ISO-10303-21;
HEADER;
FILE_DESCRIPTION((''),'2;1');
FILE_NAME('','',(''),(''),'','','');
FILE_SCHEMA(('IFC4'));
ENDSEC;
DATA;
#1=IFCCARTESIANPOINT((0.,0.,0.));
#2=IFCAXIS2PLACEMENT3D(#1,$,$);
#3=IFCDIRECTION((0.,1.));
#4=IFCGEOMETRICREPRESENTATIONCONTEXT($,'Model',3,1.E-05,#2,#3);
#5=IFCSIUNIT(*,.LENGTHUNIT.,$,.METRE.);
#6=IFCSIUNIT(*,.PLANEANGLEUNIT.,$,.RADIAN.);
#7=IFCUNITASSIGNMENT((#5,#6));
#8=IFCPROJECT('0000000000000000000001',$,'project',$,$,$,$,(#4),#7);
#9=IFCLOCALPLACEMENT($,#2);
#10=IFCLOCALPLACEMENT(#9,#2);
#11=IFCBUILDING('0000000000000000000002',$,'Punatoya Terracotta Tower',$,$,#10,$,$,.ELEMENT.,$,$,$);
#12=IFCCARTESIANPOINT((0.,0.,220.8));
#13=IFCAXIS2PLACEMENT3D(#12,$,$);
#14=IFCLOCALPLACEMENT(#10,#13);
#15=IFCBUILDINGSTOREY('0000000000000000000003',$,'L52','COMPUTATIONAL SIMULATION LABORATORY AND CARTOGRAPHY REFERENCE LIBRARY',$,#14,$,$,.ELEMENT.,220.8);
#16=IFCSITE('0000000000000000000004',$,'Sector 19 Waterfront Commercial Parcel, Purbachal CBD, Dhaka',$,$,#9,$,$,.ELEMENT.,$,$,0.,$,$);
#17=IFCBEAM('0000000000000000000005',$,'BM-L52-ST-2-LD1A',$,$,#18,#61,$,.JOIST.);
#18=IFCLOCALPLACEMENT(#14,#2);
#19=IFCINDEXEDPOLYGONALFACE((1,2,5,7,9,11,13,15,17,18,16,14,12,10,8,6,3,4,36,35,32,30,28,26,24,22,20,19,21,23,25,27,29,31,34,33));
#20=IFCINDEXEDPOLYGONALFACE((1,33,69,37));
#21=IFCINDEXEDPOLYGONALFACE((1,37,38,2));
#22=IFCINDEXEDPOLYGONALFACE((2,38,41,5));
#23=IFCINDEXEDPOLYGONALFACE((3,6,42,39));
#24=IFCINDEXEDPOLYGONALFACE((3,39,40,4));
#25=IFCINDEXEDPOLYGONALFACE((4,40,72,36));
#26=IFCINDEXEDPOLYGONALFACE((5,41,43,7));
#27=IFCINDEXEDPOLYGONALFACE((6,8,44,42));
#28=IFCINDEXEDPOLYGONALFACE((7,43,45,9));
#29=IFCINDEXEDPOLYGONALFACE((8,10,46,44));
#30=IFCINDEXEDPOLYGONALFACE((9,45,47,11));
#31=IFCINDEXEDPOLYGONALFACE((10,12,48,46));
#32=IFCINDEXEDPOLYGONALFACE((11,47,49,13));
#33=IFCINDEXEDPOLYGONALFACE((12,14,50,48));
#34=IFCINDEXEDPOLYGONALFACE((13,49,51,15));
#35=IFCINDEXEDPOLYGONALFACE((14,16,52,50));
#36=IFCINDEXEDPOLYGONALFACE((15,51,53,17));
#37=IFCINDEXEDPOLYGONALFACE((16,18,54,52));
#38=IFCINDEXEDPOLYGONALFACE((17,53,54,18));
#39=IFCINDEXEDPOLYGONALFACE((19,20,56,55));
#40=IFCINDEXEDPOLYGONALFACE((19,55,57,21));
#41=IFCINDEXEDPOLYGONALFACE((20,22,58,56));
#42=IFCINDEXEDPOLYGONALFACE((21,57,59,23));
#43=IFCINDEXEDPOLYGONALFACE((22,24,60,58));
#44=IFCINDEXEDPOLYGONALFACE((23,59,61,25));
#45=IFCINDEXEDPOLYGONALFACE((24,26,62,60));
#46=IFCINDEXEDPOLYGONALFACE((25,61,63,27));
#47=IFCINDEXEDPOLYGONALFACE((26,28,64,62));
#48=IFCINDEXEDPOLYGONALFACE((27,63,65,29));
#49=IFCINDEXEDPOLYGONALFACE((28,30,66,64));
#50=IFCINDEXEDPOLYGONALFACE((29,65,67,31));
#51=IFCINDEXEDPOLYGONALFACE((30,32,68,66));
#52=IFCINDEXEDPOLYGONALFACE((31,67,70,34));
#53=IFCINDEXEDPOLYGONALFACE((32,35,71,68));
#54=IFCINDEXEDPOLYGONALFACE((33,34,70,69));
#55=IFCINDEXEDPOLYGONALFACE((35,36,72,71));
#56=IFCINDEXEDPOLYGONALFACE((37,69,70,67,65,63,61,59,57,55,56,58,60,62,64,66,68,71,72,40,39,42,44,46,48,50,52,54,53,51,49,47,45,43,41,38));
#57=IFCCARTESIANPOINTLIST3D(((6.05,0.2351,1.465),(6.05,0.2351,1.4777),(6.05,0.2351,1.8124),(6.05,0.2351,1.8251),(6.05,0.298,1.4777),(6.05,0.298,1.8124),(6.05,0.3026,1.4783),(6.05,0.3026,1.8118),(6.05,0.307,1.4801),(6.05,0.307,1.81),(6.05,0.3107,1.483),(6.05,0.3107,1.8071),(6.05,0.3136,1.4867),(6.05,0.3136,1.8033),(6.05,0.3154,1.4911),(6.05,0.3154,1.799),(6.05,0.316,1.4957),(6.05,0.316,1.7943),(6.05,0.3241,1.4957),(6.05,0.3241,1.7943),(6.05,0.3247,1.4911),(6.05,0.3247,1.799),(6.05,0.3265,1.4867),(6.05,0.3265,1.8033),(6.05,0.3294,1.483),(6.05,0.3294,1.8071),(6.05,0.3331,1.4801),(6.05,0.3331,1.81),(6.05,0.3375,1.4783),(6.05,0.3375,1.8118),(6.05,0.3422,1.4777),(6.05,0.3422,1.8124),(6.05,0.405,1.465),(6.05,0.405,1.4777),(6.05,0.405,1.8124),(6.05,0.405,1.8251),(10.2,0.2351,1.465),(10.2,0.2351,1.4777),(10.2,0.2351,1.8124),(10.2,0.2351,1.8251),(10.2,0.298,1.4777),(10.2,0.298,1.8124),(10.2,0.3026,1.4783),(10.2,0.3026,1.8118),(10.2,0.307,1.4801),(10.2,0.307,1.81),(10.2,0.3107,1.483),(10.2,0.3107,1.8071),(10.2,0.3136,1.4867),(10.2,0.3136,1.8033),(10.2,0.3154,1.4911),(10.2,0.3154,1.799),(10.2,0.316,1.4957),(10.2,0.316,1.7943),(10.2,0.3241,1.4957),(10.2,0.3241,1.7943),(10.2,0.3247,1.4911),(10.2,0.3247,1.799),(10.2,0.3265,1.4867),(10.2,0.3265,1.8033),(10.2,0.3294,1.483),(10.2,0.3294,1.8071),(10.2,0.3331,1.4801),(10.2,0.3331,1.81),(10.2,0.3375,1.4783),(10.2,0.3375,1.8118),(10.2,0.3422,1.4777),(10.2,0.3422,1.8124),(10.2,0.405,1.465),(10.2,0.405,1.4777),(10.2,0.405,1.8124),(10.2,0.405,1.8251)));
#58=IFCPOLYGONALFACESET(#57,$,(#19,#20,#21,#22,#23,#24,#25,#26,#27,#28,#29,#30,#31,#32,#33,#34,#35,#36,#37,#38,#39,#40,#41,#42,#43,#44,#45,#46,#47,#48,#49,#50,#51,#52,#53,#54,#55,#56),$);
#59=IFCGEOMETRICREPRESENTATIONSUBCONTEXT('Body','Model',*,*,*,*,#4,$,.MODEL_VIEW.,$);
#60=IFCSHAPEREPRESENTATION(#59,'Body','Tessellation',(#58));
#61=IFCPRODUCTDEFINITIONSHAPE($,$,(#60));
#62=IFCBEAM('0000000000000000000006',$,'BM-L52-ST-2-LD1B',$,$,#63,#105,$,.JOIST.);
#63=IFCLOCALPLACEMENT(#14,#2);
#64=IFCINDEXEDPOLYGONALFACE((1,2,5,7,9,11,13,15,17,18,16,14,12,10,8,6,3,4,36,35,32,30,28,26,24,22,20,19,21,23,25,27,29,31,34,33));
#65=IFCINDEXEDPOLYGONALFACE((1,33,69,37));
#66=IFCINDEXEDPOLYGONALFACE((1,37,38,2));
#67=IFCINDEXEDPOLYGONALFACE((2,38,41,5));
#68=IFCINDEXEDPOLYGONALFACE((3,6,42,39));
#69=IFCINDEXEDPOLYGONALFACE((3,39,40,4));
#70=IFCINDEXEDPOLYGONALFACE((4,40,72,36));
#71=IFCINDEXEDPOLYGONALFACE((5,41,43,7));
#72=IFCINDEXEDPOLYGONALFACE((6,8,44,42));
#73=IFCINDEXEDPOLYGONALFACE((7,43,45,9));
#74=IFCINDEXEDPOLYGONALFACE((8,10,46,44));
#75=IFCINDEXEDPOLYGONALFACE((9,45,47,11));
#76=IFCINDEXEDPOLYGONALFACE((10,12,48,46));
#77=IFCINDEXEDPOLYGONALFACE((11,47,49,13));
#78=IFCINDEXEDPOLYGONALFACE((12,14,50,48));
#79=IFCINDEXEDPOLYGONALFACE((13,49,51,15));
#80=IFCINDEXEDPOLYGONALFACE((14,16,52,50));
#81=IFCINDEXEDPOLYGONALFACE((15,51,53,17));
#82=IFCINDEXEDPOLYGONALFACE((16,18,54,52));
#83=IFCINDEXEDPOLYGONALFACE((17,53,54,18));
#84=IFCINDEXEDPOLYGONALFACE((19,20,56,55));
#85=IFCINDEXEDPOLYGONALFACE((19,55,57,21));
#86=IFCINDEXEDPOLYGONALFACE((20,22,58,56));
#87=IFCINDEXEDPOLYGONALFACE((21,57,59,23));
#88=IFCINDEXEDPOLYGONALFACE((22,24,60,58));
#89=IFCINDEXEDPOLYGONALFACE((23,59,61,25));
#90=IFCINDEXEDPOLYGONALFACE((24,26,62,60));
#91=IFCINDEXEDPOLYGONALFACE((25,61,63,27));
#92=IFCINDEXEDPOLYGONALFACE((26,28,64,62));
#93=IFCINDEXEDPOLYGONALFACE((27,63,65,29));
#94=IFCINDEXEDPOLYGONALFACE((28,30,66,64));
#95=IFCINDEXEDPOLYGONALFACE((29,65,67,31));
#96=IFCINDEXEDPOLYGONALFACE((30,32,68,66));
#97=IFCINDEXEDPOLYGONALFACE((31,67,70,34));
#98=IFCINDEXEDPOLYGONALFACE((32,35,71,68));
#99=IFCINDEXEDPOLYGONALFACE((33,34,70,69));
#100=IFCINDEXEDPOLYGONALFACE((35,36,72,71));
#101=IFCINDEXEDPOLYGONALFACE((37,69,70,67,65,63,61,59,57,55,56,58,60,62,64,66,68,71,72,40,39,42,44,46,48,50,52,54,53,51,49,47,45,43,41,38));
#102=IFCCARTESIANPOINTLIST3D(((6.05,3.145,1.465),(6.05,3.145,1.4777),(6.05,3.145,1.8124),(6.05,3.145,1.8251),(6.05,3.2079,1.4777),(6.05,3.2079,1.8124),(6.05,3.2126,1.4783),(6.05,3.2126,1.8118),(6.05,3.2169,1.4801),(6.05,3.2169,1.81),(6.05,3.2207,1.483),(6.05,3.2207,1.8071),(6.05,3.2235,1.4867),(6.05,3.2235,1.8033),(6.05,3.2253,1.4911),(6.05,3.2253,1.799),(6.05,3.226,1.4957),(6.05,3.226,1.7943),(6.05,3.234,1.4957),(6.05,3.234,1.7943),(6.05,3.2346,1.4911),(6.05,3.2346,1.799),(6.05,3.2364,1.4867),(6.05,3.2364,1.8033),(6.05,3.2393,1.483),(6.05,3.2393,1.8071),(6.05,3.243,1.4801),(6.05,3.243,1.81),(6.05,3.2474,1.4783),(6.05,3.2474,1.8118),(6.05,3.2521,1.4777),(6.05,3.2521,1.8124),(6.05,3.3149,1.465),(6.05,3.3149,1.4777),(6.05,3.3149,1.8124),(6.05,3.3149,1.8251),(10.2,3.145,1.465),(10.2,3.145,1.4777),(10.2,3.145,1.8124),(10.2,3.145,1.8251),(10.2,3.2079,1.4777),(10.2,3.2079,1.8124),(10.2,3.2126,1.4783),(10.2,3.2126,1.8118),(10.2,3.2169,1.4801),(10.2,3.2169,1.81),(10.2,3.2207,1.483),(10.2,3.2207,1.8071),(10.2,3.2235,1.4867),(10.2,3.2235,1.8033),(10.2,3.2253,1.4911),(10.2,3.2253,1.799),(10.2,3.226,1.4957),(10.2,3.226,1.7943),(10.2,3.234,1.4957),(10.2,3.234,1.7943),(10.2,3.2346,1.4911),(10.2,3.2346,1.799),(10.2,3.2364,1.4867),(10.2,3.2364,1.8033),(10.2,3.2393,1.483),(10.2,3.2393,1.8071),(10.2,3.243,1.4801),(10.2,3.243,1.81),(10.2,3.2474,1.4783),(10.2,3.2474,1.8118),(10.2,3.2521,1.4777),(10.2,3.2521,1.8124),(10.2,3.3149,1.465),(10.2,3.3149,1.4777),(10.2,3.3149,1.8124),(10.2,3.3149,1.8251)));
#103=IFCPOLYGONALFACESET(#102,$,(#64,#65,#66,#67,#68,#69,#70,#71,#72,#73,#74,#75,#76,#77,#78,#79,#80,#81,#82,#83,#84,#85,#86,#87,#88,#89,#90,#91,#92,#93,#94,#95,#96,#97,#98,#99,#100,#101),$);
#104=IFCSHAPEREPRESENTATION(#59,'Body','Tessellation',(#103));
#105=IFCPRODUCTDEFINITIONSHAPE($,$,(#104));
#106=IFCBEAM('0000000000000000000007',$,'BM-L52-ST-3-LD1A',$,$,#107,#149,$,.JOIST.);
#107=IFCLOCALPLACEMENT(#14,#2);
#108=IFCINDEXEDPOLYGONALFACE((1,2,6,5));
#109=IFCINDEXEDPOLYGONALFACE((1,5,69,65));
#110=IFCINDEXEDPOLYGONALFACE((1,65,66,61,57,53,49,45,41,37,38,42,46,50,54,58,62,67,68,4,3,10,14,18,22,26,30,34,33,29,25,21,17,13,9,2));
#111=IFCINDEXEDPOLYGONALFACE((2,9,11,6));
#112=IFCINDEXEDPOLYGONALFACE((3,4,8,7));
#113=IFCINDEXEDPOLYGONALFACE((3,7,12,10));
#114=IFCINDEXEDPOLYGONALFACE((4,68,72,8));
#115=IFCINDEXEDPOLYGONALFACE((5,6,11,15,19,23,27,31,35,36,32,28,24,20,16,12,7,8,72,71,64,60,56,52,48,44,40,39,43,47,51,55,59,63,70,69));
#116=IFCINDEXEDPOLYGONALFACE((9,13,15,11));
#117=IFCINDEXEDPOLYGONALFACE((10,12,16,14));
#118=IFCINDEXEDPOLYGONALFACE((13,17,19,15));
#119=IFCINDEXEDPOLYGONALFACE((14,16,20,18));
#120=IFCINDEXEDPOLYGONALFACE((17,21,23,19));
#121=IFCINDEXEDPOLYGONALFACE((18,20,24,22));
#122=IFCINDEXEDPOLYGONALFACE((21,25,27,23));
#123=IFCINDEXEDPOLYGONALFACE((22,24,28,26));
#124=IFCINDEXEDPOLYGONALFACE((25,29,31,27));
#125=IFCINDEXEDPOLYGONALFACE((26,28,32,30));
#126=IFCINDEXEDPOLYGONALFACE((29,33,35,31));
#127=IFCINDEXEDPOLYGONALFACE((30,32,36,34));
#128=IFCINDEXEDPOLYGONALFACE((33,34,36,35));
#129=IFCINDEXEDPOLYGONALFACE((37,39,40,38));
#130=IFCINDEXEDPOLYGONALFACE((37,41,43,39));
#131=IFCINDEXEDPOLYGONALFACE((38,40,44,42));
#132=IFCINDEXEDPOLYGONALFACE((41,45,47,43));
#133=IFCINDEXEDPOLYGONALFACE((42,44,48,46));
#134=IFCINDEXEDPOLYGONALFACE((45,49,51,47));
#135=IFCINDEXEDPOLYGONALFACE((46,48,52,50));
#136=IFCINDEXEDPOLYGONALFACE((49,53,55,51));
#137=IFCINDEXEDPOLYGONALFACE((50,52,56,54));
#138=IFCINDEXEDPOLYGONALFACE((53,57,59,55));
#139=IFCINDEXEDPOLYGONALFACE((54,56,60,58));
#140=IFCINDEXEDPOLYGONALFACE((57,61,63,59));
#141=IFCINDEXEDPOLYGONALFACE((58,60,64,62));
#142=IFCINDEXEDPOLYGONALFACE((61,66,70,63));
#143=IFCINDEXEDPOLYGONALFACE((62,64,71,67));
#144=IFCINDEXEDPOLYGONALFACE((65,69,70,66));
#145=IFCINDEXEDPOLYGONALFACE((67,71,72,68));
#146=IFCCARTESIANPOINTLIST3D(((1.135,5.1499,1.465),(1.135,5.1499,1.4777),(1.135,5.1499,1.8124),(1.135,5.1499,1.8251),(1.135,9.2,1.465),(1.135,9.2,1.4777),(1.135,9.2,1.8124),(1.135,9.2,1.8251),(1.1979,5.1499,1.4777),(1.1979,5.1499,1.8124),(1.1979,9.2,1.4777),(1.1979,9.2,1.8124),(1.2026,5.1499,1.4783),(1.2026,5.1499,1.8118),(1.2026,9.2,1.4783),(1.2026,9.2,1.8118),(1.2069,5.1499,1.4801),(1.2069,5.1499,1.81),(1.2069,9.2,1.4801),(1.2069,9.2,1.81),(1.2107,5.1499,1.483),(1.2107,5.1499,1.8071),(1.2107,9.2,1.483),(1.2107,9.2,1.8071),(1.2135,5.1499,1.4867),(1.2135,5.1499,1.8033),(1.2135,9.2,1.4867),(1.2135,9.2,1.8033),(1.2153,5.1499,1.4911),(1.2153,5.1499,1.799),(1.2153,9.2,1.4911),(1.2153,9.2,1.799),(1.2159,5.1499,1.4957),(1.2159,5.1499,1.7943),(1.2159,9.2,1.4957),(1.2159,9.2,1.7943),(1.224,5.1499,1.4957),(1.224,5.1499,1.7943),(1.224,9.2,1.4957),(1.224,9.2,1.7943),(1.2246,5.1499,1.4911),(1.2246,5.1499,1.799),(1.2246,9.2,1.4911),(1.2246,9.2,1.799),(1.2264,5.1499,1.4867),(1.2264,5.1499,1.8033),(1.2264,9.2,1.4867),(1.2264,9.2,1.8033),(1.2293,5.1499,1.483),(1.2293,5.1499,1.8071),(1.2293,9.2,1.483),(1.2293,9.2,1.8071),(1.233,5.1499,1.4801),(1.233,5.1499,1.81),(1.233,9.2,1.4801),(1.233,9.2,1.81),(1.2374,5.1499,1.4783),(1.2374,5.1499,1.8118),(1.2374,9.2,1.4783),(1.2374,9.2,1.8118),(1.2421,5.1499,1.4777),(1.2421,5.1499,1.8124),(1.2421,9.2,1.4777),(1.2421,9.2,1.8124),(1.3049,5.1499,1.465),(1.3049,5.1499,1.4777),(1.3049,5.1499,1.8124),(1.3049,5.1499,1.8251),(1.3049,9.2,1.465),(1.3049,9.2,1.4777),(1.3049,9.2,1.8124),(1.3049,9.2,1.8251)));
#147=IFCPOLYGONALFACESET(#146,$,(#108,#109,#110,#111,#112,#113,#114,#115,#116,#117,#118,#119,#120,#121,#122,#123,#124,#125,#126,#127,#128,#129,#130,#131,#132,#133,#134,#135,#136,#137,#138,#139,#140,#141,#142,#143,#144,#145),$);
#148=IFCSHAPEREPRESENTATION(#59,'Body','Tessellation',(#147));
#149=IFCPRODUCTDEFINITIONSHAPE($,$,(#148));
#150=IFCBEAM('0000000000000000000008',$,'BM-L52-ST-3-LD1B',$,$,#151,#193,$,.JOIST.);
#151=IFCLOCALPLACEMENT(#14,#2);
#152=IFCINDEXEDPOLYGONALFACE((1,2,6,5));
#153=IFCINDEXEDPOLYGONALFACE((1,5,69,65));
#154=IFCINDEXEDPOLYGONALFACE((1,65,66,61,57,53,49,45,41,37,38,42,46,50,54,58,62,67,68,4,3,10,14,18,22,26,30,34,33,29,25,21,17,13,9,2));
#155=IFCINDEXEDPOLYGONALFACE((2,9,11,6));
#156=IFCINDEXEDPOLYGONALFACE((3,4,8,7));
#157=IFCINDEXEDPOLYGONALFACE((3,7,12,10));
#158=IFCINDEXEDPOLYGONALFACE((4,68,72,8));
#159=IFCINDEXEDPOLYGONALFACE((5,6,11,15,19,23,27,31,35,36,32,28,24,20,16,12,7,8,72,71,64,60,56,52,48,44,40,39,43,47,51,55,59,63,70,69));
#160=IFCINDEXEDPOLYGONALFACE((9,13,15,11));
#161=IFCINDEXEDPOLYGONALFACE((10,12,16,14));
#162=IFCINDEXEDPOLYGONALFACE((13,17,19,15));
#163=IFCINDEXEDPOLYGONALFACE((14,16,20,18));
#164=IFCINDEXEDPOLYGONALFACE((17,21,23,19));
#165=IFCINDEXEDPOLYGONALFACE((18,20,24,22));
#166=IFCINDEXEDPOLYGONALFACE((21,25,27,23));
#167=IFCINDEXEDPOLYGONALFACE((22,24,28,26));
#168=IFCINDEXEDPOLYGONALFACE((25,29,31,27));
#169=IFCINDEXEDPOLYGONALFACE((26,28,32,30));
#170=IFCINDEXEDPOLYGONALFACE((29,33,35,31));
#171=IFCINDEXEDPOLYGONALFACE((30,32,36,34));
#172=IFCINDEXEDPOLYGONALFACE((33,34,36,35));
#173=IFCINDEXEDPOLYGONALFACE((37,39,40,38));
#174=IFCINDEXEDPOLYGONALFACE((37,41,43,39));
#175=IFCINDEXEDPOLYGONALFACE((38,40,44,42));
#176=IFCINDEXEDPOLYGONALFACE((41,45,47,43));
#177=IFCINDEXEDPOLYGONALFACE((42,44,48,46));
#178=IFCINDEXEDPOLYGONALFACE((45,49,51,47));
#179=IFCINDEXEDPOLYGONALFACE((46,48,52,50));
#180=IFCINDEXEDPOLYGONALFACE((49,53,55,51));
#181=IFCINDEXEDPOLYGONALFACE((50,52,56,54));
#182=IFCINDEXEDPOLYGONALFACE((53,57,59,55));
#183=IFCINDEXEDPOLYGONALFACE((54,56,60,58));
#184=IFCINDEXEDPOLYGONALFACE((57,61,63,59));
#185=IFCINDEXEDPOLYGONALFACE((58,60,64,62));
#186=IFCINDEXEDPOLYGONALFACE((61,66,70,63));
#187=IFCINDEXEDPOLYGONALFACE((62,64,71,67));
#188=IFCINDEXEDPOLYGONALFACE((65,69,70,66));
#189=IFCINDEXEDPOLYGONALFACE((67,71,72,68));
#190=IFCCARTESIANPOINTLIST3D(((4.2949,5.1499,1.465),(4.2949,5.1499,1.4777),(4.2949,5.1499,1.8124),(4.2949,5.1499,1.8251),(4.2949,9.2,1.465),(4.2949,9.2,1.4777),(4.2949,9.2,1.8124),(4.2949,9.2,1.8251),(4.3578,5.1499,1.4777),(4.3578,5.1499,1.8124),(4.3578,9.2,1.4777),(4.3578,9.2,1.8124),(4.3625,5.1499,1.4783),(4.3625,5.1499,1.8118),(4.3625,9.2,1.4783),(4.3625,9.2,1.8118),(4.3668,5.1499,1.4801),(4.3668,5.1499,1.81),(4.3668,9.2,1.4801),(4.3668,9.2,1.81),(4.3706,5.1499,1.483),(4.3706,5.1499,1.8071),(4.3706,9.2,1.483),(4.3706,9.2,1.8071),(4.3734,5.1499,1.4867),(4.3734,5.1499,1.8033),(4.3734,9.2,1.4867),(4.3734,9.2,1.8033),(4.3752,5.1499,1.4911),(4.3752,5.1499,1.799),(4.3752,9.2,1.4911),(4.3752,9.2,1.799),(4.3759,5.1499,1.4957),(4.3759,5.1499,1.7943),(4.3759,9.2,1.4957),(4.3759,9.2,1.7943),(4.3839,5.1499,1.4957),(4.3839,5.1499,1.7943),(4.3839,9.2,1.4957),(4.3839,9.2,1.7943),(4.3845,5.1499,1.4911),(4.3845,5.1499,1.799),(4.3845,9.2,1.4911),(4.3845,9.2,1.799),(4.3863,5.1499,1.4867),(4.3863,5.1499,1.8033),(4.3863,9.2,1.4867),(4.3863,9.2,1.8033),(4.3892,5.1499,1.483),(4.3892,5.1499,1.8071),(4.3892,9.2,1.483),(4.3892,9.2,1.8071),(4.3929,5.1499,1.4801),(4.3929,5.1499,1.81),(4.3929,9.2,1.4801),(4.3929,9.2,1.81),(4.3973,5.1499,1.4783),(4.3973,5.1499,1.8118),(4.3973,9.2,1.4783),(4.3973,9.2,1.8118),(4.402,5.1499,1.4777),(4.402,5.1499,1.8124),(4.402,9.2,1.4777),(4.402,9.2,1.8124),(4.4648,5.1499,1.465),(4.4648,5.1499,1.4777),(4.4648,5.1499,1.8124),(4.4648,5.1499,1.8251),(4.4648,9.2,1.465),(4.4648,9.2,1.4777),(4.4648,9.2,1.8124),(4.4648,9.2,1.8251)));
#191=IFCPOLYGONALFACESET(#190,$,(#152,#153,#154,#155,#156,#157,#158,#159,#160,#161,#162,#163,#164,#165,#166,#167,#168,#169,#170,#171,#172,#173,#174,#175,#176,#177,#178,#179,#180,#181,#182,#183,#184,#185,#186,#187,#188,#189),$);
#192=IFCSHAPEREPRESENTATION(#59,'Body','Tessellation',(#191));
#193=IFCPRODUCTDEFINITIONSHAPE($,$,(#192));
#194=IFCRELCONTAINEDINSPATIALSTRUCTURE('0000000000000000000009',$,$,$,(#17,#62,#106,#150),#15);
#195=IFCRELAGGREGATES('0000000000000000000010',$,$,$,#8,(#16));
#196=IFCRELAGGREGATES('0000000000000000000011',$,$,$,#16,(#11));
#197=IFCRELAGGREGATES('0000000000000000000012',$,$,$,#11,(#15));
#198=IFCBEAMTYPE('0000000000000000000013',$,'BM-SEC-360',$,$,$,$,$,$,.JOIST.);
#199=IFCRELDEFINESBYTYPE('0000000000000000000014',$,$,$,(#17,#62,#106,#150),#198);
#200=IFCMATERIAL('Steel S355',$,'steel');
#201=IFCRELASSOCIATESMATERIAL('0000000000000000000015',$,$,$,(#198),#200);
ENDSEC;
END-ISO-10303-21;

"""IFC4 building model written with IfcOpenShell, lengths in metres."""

from ifc_helpers import new_model, si_unit, direction, frame, origin, origin_2d, place, context, subcontext, project, spatial, i_section, extrude, material, material_profile, profile_set, type_object, element, save


model = new_model("IFC4")

# Units and contexts
model_context = context("Model", 3, precision=1e-05, world=origin(), true_north=direction((0.0, 1.0)))
body_context = subcontext(model_context, "Body", "Model", "MODEL_VIEW")
ifc_project = project(units=[si_unit("LENGTHUNIT", "METRE"), si_unit("PLANEANGLEUNIT", "RADIAN")], contexts=[model_context])

# Site, building, storey
site_placement = place(None, origin())
site = spatial("IfcSite", under=ifc_project, at=site_placement, Name="Sector 19 Waterfront Commercial Parcel, Purbachal CBD, Dhaka", CompositionType="ELEMENT", RefElevation=0.0)
building_placement = place(site_placement, origin())
building = spatial("IfcBuilding", under=site, at=building_placement, Name="Punatoya Terracotta Tower", CompositionType="ELEMENT")
storey_placement = place(building_placement, frame((0.0, 0.0, 220.8)))
storey = spatial("IfcBuildingStorey", under=building, at=storey_placement, Name="L52", Description="COMPUTATIONAL SIMULATION LABORATORY AND CARTOGRAPHY REFERENCE LIBRARY", CompositionType="ELEMENT", Elevation=220.8)

# Beams
ifc_material_1 = material(Name="Steel S355", Category="steel")
ifc_material_profile_1 = material_profile(ifc_material_1, i_section(OverallWidth=0.1699, OverallDepth=0.3601, WebThickness=0.0081, FlangeThickness=0.0127, FilletRadius=0.0181, at=origin_2d()))
ifc_profile_set_1 = profile_set([ifc_material_profile_1], Name="Steel S355")
beam_type_1 = type_object("IfcBeamType", Name="BM-SEC-360", PredefinedType="JOIST", material=ifc_profile_set_1)
for number, where, z_axis, x_axis, name in (
    (1, (6.05, 0.3201, 1.645), (1.0, 0.0, 0.0), (0.0, 1.0, 0.0), "BM-L52-ST-2-LD1A"),
    (2, (6.05, 3.23, 1.645), (1.0, 0.0, 0.0), (0.0, 1.0, 0.0), "BM-L52-ST-2-LD1B"),
):
    element("IfcBeam", number, at=place(storey_placement, frame(where, z_axis=z_axis, x_axis=x_axis)), inside=storey, type_object=beam_type_1, Name=name, PredefinedType="JOIST", context=body_context, shape_type="SweptSolid", body=[
        extrude(i_section(OverallWidth=0.1699, OverallDepth=0.3601, WebThickness=0.0081, FlangeThickness=0.0127, FilletRadius=0.0181, at=origin_2d()), origin(), (0.0, 0.0, 1.0), 4.1499),
    ])
for number, where, z_axis, x_axis, name in (
    (3, (1.22, 5.1499, 1.645), (0.0, 1.0, 0.0), (-1.0, 0.0, 0.0), "BM-L52-ST-3-LD1A"),
    (4, (4.3799, 5.1499, 1.645), (0.0, 1.0, 0.0), (-1.0, 0.0, 0.0), "BM-L52-ST-3-LD1B"),
):
    element("IfcBeam", number, at=place(storey_placement, frame(where, z_axis=z_axis, x_axis=x_axis)), inside=storey, type_object=beam_type_1, Name=name, PredefinedType="JOIST", context=body_context, shape_type="SweptSolid", body=[
        extrude(i_section(OverallWidth=0.1699, OverallDepth=0.3601, WebThickness=0.0081, FlangeThickness=0.0127, FilletRadius=0.0181, at=origin_2d()), origin(), (0.0, 0.0, 1.0), 4.05),
    ])

save(model, "model.ifc")
